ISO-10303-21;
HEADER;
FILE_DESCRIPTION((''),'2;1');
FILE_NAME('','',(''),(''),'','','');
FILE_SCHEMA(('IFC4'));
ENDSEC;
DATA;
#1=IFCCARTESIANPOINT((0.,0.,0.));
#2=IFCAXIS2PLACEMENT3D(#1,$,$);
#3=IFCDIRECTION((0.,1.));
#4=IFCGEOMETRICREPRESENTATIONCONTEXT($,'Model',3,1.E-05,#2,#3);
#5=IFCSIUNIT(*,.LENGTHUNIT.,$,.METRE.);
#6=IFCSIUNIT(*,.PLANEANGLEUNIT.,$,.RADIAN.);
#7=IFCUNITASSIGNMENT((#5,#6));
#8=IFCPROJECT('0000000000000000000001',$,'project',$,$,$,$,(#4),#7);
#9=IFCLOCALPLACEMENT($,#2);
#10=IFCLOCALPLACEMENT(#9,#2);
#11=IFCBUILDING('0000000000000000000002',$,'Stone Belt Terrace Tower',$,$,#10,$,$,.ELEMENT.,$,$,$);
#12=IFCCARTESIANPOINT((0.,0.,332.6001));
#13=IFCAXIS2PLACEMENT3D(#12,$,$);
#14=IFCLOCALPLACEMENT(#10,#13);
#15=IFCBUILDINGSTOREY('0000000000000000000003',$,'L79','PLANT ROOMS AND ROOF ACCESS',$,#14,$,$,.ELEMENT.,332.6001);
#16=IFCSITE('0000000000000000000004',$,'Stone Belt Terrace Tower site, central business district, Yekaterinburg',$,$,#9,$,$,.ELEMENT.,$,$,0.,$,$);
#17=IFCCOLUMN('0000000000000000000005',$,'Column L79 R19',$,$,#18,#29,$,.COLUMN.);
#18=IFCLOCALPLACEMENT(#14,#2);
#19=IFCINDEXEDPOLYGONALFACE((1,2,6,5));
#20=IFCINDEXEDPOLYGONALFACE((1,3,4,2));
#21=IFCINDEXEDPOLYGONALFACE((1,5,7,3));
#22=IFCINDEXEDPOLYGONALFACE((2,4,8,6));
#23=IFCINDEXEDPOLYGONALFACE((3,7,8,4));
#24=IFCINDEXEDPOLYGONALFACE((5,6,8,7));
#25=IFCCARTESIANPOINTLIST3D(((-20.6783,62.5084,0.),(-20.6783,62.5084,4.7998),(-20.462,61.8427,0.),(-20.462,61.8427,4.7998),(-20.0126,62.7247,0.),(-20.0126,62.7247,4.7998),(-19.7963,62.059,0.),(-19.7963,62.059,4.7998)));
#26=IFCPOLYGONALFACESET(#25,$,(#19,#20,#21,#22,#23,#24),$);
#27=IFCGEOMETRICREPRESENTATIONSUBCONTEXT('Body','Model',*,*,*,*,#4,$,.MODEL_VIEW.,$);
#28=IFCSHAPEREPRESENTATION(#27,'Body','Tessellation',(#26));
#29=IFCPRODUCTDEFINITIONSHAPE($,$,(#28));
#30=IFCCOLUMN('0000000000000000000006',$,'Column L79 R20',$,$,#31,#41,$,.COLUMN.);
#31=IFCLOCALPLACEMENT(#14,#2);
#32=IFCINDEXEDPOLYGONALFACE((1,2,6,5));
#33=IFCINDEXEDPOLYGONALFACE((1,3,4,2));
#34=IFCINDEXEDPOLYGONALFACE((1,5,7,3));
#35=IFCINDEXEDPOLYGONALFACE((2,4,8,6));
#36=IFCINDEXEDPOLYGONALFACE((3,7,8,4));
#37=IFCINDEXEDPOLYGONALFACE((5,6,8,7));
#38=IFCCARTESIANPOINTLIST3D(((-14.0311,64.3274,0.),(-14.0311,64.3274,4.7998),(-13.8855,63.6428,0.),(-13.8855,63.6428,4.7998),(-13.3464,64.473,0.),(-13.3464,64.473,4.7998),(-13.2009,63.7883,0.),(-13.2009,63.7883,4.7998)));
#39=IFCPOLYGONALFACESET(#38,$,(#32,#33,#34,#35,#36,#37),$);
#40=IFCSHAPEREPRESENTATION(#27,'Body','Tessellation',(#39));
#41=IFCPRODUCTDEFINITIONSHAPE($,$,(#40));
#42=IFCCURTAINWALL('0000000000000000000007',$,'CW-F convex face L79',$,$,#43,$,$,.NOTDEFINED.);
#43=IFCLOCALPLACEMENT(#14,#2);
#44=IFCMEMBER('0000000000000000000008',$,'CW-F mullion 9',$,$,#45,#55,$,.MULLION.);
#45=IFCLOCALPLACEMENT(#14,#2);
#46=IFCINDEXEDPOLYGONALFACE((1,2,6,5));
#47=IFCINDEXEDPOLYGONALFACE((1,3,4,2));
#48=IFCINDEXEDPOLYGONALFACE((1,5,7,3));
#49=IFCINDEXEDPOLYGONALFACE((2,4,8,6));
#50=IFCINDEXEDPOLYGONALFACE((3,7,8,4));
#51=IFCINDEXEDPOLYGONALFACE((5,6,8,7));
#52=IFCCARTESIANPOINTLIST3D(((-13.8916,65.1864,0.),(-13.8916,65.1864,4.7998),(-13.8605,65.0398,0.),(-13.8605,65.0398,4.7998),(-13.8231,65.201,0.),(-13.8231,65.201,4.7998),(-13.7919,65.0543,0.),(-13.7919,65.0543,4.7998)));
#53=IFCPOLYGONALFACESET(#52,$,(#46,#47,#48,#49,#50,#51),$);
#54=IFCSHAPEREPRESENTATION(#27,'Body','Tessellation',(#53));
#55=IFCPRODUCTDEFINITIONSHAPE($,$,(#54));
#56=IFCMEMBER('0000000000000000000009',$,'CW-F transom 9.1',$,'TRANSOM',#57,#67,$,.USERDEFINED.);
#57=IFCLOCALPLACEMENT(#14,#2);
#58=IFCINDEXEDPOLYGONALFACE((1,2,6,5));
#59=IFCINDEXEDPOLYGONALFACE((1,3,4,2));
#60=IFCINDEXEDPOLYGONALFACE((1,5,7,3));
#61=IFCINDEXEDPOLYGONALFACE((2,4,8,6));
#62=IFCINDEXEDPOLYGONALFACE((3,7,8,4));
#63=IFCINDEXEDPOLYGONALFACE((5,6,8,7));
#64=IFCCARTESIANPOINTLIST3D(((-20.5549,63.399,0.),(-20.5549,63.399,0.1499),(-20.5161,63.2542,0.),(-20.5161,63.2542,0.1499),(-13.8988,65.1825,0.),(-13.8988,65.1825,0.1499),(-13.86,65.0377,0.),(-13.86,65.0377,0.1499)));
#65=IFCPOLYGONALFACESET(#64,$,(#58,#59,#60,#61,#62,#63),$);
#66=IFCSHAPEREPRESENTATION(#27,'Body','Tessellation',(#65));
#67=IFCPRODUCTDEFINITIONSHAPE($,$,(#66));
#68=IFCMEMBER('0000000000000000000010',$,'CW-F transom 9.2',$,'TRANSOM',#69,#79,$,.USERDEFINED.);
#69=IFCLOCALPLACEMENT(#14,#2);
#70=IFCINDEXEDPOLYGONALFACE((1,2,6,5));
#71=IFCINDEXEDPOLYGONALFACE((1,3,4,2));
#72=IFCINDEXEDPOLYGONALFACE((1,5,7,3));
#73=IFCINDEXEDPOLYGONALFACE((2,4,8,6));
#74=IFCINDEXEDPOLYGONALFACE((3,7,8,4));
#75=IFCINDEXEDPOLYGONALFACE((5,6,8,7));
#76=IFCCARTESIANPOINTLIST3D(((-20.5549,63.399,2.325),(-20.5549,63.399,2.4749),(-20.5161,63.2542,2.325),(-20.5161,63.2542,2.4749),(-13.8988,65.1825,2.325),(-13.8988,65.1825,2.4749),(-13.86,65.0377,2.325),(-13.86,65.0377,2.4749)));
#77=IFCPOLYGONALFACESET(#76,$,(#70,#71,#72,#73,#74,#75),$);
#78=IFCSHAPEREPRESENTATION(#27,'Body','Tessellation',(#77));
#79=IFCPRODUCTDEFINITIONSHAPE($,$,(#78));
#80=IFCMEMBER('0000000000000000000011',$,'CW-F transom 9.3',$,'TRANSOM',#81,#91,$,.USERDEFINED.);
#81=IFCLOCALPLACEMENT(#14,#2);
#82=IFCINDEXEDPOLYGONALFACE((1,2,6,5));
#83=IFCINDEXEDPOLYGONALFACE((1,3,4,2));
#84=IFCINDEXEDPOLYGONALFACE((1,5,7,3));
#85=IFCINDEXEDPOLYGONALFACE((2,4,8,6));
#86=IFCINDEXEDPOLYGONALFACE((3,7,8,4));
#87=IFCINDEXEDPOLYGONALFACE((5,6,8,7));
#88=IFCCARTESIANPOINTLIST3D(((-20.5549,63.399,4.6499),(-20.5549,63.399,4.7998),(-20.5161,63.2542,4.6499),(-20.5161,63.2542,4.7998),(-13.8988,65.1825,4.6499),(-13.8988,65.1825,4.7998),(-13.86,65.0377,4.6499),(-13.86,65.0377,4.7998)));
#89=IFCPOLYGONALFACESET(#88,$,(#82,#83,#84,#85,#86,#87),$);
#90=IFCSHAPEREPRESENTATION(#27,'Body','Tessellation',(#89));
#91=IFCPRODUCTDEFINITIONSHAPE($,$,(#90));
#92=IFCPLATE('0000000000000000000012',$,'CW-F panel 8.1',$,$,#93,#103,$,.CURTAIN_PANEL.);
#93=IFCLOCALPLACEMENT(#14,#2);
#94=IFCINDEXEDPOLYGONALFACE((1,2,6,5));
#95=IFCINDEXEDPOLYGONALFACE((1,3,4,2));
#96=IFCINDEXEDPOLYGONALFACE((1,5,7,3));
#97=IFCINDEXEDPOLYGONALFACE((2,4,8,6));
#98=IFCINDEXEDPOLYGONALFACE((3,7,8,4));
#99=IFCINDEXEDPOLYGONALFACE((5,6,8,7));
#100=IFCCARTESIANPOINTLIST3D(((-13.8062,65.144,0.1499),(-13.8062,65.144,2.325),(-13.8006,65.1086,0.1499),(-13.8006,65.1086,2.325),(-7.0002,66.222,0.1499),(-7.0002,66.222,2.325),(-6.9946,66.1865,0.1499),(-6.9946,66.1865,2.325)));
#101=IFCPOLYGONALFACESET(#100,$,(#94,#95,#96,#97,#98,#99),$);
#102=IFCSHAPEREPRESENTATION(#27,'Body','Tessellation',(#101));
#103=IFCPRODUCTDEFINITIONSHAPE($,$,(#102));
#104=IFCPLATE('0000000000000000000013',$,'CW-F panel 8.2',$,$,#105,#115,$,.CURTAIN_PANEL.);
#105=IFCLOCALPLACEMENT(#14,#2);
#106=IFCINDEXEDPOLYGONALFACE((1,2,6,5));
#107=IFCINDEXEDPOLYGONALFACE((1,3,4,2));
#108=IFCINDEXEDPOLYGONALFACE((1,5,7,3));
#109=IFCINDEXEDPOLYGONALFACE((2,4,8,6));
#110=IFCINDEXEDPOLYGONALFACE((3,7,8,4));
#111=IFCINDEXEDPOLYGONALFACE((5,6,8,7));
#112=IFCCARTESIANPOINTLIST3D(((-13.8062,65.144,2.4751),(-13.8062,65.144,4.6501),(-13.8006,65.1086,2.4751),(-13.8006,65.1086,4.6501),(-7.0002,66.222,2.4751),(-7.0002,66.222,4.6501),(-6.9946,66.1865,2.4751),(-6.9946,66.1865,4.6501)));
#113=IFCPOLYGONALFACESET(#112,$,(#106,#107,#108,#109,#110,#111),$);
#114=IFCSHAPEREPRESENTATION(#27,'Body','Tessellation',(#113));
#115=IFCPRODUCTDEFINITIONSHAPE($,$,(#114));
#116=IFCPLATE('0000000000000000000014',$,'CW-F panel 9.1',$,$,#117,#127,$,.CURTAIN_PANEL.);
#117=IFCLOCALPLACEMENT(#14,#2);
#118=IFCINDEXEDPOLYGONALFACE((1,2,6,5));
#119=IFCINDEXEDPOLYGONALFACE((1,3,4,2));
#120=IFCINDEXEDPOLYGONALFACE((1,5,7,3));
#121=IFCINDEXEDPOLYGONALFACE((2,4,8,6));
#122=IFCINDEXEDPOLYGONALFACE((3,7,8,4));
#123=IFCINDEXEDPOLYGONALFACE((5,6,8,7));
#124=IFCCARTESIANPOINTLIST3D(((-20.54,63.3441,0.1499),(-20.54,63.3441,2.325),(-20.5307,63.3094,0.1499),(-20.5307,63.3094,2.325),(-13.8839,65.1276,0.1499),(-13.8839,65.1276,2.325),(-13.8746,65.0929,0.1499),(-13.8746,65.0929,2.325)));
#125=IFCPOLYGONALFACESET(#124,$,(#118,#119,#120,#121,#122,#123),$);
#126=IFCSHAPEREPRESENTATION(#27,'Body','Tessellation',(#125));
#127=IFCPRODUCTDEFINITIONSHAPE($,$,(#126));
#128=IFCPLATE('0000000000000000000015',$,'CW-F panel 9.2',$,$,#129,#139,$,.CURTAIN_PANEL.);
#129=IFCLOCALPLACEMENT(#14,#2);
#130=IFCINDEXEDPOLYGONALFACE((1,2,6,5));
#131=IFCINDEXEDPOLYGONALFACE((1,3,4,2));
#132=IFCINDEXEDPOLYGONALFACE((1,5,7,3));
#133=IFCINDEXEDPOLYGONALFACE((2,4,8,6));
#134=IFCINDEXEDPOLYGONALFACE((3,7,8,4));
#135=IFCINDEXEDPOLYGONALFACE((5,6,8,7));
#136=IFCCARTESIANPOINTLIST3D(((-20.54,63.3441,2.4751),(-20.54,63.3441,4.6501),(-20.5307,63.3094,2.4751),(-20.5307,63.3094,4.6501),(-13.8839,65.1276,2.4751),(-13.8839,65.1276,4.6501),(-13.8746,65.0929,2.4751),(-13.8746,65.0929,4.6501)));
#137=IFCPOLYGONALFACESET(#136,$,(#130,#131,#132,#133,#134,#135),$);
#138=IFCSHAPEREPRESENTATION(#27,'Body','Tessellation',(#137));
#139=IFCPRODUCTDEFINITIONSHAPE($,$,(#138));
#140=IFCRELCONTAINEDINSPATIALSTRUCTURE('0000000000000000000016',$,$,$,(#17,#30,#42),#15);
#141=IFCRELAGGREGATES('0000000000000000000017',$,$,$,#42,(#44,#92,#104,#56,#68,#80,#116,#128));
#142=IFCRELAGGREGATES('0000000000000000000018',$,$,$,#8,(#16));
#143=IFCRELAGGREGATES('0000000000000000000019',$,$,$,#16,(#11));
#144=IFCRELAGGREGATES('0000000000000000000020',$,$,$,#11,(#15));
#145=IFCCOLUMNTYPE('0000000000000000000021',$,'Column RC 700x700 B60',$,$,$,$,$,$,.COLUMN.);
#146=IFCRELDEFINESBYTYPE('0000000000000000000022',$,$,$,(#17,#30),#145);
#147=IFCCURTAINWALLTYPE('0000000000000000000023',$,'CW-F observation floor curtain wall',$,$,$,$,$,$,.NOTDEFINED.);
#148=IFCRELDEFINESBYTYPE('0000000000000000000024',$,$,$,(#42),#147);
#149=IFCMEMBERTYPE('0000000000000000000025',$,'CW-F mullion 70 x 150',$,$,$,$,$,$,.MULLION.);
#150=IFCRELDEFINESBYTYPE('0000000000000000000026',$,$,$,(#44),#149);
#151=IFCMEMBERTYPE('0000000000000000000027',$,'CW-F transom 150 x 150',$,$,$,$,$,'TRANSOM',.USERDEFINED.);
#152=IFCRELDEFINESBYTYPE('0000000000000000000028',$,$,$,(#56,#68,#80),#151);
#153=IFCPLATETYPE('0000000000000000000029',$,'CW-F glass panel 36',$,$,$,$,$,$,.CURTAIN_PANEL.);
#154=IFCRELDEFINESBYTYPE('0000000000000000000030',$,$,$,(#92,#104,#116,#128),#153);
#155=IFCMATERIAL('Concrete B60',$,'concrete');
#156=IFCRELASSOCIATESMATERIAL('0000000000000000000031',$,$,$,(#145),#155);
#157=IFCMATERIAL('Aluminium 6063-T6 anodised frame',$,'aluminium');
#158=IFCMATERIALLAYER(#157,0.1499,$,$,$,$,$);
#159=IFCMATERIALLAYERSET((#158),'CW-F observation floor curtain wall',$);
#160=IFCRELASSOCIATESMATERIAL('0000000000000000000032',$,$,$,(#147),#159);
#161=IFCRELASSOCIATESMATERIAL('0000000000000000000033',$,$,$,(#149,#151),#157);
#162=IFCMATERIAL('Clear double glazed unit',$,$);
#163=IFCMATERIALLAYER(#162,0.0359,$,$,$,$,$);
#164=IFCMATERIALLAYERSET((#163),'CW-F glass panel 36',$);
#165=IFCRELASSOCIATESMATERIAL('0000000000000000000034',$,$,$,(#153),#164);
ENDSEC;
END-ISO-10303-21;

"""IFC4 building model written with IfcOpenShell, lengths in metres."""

from ifc_helpers import new_model, si_unit, direction, frame, origin, origin_2d, place, context, subcontext, project, spatial, rectangle, extrude, material, layer, layer_set, material_profile, profile_set, type_object, element, aggregate, save


model = new_model("IFC4")

# Units and contexts
model_context = context("Model", 3, precision=1e-05, world=origin(), true_north=direction((0.0, 1.0)))
body_context = subcontext(model_context, "Body", "Model", "MODEL_VIEW")
ifc_project = project(units=[si_unit("LENGTHUNIT", "METRE"), si_unit("PLANEANGLEUNIT", "RADIAN")], contexts=[model_context])

# Site, building, storey
site_placement = place(None, origin())
site = spatial("IfcSite", under=ifc_project, at=site_placement, Name="Stone Belt Terrace Tower site, central business district, Yekaterinburg", CompositionType="ELEMENT", RefElevation=0.0)
building_placement = place(site_placement, origin())
building = spatial("IfcBuilding", under=site, at=building_placement, Name="Stone Belt Terrace Tower", CompositionType="ELEMENT")
storey_placement = place(building_placement, frame((0.0, 0.0, 332.6001)))
storey = spatial("IfcBuildingStorey", under=building, at=storey_placement, Name="L79", Description="PLANT ROOMS AND ROOF ACCESS", CompositionType="ELEMENT", Elevation=332.6001)

# Columns
ifc_material_1 = material(Name="Concrete B60", Category="concrete")
ifc_material_profile_1 = material_profile(ifc_material_1, rectangle(XDim=0.7, YDim=0.7, at=origin_2d()), Name="RC 700x700")
ifc_profile_set_1 = profile_set([ifc_material_profile_1], Name="Concrete B60")
column_type = type_object("IfcColumnType", Name="Column RC 700x700 B60", PredefinedType="COLUMN", material=ifc_profile_set_1)
for number, where, z_axis, x_axis, name in (
    (1, (-20.2373, 62.2837, 0.0), (0.0, 0.0, 1.0), (0.951057, 0.309017, 0.0), "Column L79 R19"),
    (2, (-13.616, 64.0579, 0.0), (0.0, 0.0, 1.0), (0.978148, 0.207912, 0.0), "Column L79 R20"),
):
    element("IfcColumn", number, at=place(storey_placement, frame(where, z_axis=z_axis, x_axis=x_axis)), inside=storey, type_object=column_type, Name=name, PredefinedType="COLUMN", context=body_context, shape_type="SweptSolid", body=[
        extrude(rectangle(XDim=0.7, YDim=0.7, at=origin_2d()), origin(), (0.0, 0.0, 1.0), 4.7998),
    ])

# Curtain wall, members, plates
ifc_material_2 = material(Name="Aluminium 6063-T6 anodised frame", Category="aluminium")
ifc_layer_1 = layer(ifc_material_2, 0.1499)
ifc_layer_set_1 = layer_set([ifc_layer_1], Name="CW-F observation floor curtain wall")
curtain_wall_type = type_object("IfcCurtainWallType", Name="CW-F observation floor curtain wall", PredefinedType="NOTDEFINED", material=ifc_layer_set_1)
curtain_wall_placement = place(storey_placement, origin())
curtain_wall = element("IfcCurtainWall", 3, at=curtain_wall_placement, inside=storey, type_object=curtain_wall_type, Name="CW-F convex face L79", PredefinedType="NOTDEFINED")
ifc_material_profile_2 = material_profile(ifc_material_2, rectangle(XDim=0.1499, YDim=0.0701, at=origin_2d()), Name="Aluminium 6063-T6 70x150")
ifc_profile_set_2 = profile_set([ifc_material_profile_2], Name="Aluminium 6063-T6 anodised frame")
member_type_1 = type_object("IfcMemberType", Name="CW-F mullion 70 x 150", PredefinedType="MULLION", material=ifc_profile_set_2)
member_1_placement = place(storey_placement, frame((-13.8418, 65.1204, 0.0), z_axis=(0.0, 0.0, 1.0), x_axis=(0.207912, -0.978148, 0.0)))
member_1 = element("IfcMember", 4, at=member_1_placement, type_object=member_type_1, Name="CW-F mullion 9", PredefinedType="MULLION", context=body_context, shape_type="SweptSolid", body=[
    extrude(rectangle(XDim=0.1499, YDim=0.0701, at=origin_2d()), origin(), (0.0, 0.0, 1.0), 4.7998),
])
ifc_material_profile_3 = material_profile(ifc_material_2, rectangle(XDim=0.1499, YDim=0.1499, at=origin_2d()), Name="Aluminium 6063-T6 150x150")
ifc_profile_set_3 = profile_set([ifc_material_profile_3], Name="Aluminium 6063-T6 anodised frame")
member_type_2 = type_object("IfcMemberType", Name="CW-F transom 150 x 150", ElementType="TRANSOM", PredefinedType="USERDEFINED", material=ifc_profile_set_3)
member_2_placement = place(storey_placement, frame((-13.8794, 65.1101, 0.075), z_axis=(-0.965927, -0.258816, 0.0), x_axis=(0.258816, -0.965927, 0.0)))
member_2 = element("IfcMember", 5, at=member_2_placement, type_object=member_type_2, Name="CW-F transom 9.1", ObjectType="TRANSOM", PredefinedType="USERDEFINED", context=body_context, shape_type="SweptSolid", body=[
    extrude(rectangle(XDim=0.1499, YDim=0.1499, at=origin_2d()), origin(), (0.0, 0.0, 1.0), 6.8909),
])
member_3_placement = place(storey_placement, frame((-13.8794, 65.1101, 2.3999), z_axis=(-0.965927, -0.258816, 0.0), x_axis=(0.258816, -0.965927, 0.0)))
member_3 = element("IfcMember", 6, at=member_3_placement, type_object=member_type_2, Name="CW-F transom 9.2", ObjectType="TRANSOM", PredefinedType="USERDEFINED", context=body_context, shape_type="SweptSolid", body=[
    extrude(rectangle(XDim=0.1499, YDim=0.1499, at=origin_2d()), origin(), (0.0, 0.0, 1.0), 6.8909),
])
member_4_placement = place(storey_placement, frame((-13.8794, 65.1101, 4.7249), z_axis=(-0.965927, -0.258816, 0.0), x_axis=(0.258816, -0.965927, 0.0)))
member_4 = element("IfcMember", 7, at=member_4_placement, type_object=member_type_2, Name="CW-F transom 9.3", ObjectType="TRANSOM", PredefinedType="USERDEFINED", context=body_context, shape_type="SweptSolid", body=[
    extrude(rectangle(XDim=0.1499, YDim=0.1499, at=origin_2d()), origin(), (0.0, 0.0, 1.0), 6.8909),
])
ifc_material_3 = material(Name="Clear double glazed unit")
ifc_layer_2 = layer(ifc_material_3, 0.0359)
ifc_layer_set_2 = layer_set([ifc_layer_2], Name="CW-F glass panel 36")
plate_type = type_object("IfcPlateType", Name="CW-F glass panel 36", PredefinedType="CURTAIN_PANEL", material=ifc_layer_set_2)
plate_1_placement = place(storey_placement, frame((-10.4004, 65.6653, 0.1499), z_axis=(0.0, 0.0, 1.0), x_axis=(-0.987688, -0.156434, 0.0)))
plate_1 = element("IfcPlate", 8, at=plate_1_placement, type_object=plate_type, Name="CW-F panel 8.1", PredefinedType="CURTAIN_PANEL", context=body_context, shape_type="SweptSolid", body=[
    extrude(rectangle(XDim=6.8909, YDim=0.0359, at=origin_2d()), origin(), (0.0, 0.0, 1.0), 2.175),
])
plate_2_placement = place(storey_placement, frame((-10.4004, 65.6653, 2.4751), z_axis=(0.0, 0.0, 1.0), x_axis=(-0.987688, -0.156434, 0.0)))
plate_2 = element("IfcPlate", 9, at=plate_2_placement, type_object=plate_type, Name="CW-F panel 8.2", PredefinedType="CURTAIN_PANEL", context=body_context, shape_type="SweptSolid", body=[
    extrude(rectangle(XDim=6.8909, YDim=0.0359, at=origin_2d()), origin(), (0.0, 0.0, 1.0), 2.175),
])
plate_3_placement = place(storey_placement, frame((-17.2073, 64.2185, 0.1499), z_axis=(0.0, 0.0, 1.0), x_axis=(-0.965926, -0.258819, 0.0)))
plate_3 = element("IfcPlate", 10, at=plate_3_placement, type_object=plate_type, Name="CW-F panel 9.1", PredefinedType="CURTAIN_PANEL", context=body_context, shape_type="SweptSolid", body=[
    extrude(rectangle(XDim=6.8909, YDim=0.0359, at=origin_2d()), origin(), (0.0, 0.0, 1.0), 2.175),
])
plate_4_placement = place(storey_placement, frame((-17.2073, 64.2185, 2.4751), z_axis=(0.0, 0.0, 1.0), x_axis=(-0.965926, -0.258819, 0.0)))
plate_4 = element("IfcPlate", 11, at=plate_4_placement, type_object=plate_type, Name="CW-F panel 9.2", PredefinedType="CURTAIN_PANEL", context=body_context, shape_type="SweptSolid", body=[
    extrude(rectangle(XDim=6.8909, YDim=0.0359, at=origin_2d()), origin(), (0.0, 0.0, 1.0), 2.175),
])
aggregate(curtain_wall, [member_1, plate_1, plate_2, member_2, member_3, member_4, plate_3, plate_4])

save(model, "model.ifc")
